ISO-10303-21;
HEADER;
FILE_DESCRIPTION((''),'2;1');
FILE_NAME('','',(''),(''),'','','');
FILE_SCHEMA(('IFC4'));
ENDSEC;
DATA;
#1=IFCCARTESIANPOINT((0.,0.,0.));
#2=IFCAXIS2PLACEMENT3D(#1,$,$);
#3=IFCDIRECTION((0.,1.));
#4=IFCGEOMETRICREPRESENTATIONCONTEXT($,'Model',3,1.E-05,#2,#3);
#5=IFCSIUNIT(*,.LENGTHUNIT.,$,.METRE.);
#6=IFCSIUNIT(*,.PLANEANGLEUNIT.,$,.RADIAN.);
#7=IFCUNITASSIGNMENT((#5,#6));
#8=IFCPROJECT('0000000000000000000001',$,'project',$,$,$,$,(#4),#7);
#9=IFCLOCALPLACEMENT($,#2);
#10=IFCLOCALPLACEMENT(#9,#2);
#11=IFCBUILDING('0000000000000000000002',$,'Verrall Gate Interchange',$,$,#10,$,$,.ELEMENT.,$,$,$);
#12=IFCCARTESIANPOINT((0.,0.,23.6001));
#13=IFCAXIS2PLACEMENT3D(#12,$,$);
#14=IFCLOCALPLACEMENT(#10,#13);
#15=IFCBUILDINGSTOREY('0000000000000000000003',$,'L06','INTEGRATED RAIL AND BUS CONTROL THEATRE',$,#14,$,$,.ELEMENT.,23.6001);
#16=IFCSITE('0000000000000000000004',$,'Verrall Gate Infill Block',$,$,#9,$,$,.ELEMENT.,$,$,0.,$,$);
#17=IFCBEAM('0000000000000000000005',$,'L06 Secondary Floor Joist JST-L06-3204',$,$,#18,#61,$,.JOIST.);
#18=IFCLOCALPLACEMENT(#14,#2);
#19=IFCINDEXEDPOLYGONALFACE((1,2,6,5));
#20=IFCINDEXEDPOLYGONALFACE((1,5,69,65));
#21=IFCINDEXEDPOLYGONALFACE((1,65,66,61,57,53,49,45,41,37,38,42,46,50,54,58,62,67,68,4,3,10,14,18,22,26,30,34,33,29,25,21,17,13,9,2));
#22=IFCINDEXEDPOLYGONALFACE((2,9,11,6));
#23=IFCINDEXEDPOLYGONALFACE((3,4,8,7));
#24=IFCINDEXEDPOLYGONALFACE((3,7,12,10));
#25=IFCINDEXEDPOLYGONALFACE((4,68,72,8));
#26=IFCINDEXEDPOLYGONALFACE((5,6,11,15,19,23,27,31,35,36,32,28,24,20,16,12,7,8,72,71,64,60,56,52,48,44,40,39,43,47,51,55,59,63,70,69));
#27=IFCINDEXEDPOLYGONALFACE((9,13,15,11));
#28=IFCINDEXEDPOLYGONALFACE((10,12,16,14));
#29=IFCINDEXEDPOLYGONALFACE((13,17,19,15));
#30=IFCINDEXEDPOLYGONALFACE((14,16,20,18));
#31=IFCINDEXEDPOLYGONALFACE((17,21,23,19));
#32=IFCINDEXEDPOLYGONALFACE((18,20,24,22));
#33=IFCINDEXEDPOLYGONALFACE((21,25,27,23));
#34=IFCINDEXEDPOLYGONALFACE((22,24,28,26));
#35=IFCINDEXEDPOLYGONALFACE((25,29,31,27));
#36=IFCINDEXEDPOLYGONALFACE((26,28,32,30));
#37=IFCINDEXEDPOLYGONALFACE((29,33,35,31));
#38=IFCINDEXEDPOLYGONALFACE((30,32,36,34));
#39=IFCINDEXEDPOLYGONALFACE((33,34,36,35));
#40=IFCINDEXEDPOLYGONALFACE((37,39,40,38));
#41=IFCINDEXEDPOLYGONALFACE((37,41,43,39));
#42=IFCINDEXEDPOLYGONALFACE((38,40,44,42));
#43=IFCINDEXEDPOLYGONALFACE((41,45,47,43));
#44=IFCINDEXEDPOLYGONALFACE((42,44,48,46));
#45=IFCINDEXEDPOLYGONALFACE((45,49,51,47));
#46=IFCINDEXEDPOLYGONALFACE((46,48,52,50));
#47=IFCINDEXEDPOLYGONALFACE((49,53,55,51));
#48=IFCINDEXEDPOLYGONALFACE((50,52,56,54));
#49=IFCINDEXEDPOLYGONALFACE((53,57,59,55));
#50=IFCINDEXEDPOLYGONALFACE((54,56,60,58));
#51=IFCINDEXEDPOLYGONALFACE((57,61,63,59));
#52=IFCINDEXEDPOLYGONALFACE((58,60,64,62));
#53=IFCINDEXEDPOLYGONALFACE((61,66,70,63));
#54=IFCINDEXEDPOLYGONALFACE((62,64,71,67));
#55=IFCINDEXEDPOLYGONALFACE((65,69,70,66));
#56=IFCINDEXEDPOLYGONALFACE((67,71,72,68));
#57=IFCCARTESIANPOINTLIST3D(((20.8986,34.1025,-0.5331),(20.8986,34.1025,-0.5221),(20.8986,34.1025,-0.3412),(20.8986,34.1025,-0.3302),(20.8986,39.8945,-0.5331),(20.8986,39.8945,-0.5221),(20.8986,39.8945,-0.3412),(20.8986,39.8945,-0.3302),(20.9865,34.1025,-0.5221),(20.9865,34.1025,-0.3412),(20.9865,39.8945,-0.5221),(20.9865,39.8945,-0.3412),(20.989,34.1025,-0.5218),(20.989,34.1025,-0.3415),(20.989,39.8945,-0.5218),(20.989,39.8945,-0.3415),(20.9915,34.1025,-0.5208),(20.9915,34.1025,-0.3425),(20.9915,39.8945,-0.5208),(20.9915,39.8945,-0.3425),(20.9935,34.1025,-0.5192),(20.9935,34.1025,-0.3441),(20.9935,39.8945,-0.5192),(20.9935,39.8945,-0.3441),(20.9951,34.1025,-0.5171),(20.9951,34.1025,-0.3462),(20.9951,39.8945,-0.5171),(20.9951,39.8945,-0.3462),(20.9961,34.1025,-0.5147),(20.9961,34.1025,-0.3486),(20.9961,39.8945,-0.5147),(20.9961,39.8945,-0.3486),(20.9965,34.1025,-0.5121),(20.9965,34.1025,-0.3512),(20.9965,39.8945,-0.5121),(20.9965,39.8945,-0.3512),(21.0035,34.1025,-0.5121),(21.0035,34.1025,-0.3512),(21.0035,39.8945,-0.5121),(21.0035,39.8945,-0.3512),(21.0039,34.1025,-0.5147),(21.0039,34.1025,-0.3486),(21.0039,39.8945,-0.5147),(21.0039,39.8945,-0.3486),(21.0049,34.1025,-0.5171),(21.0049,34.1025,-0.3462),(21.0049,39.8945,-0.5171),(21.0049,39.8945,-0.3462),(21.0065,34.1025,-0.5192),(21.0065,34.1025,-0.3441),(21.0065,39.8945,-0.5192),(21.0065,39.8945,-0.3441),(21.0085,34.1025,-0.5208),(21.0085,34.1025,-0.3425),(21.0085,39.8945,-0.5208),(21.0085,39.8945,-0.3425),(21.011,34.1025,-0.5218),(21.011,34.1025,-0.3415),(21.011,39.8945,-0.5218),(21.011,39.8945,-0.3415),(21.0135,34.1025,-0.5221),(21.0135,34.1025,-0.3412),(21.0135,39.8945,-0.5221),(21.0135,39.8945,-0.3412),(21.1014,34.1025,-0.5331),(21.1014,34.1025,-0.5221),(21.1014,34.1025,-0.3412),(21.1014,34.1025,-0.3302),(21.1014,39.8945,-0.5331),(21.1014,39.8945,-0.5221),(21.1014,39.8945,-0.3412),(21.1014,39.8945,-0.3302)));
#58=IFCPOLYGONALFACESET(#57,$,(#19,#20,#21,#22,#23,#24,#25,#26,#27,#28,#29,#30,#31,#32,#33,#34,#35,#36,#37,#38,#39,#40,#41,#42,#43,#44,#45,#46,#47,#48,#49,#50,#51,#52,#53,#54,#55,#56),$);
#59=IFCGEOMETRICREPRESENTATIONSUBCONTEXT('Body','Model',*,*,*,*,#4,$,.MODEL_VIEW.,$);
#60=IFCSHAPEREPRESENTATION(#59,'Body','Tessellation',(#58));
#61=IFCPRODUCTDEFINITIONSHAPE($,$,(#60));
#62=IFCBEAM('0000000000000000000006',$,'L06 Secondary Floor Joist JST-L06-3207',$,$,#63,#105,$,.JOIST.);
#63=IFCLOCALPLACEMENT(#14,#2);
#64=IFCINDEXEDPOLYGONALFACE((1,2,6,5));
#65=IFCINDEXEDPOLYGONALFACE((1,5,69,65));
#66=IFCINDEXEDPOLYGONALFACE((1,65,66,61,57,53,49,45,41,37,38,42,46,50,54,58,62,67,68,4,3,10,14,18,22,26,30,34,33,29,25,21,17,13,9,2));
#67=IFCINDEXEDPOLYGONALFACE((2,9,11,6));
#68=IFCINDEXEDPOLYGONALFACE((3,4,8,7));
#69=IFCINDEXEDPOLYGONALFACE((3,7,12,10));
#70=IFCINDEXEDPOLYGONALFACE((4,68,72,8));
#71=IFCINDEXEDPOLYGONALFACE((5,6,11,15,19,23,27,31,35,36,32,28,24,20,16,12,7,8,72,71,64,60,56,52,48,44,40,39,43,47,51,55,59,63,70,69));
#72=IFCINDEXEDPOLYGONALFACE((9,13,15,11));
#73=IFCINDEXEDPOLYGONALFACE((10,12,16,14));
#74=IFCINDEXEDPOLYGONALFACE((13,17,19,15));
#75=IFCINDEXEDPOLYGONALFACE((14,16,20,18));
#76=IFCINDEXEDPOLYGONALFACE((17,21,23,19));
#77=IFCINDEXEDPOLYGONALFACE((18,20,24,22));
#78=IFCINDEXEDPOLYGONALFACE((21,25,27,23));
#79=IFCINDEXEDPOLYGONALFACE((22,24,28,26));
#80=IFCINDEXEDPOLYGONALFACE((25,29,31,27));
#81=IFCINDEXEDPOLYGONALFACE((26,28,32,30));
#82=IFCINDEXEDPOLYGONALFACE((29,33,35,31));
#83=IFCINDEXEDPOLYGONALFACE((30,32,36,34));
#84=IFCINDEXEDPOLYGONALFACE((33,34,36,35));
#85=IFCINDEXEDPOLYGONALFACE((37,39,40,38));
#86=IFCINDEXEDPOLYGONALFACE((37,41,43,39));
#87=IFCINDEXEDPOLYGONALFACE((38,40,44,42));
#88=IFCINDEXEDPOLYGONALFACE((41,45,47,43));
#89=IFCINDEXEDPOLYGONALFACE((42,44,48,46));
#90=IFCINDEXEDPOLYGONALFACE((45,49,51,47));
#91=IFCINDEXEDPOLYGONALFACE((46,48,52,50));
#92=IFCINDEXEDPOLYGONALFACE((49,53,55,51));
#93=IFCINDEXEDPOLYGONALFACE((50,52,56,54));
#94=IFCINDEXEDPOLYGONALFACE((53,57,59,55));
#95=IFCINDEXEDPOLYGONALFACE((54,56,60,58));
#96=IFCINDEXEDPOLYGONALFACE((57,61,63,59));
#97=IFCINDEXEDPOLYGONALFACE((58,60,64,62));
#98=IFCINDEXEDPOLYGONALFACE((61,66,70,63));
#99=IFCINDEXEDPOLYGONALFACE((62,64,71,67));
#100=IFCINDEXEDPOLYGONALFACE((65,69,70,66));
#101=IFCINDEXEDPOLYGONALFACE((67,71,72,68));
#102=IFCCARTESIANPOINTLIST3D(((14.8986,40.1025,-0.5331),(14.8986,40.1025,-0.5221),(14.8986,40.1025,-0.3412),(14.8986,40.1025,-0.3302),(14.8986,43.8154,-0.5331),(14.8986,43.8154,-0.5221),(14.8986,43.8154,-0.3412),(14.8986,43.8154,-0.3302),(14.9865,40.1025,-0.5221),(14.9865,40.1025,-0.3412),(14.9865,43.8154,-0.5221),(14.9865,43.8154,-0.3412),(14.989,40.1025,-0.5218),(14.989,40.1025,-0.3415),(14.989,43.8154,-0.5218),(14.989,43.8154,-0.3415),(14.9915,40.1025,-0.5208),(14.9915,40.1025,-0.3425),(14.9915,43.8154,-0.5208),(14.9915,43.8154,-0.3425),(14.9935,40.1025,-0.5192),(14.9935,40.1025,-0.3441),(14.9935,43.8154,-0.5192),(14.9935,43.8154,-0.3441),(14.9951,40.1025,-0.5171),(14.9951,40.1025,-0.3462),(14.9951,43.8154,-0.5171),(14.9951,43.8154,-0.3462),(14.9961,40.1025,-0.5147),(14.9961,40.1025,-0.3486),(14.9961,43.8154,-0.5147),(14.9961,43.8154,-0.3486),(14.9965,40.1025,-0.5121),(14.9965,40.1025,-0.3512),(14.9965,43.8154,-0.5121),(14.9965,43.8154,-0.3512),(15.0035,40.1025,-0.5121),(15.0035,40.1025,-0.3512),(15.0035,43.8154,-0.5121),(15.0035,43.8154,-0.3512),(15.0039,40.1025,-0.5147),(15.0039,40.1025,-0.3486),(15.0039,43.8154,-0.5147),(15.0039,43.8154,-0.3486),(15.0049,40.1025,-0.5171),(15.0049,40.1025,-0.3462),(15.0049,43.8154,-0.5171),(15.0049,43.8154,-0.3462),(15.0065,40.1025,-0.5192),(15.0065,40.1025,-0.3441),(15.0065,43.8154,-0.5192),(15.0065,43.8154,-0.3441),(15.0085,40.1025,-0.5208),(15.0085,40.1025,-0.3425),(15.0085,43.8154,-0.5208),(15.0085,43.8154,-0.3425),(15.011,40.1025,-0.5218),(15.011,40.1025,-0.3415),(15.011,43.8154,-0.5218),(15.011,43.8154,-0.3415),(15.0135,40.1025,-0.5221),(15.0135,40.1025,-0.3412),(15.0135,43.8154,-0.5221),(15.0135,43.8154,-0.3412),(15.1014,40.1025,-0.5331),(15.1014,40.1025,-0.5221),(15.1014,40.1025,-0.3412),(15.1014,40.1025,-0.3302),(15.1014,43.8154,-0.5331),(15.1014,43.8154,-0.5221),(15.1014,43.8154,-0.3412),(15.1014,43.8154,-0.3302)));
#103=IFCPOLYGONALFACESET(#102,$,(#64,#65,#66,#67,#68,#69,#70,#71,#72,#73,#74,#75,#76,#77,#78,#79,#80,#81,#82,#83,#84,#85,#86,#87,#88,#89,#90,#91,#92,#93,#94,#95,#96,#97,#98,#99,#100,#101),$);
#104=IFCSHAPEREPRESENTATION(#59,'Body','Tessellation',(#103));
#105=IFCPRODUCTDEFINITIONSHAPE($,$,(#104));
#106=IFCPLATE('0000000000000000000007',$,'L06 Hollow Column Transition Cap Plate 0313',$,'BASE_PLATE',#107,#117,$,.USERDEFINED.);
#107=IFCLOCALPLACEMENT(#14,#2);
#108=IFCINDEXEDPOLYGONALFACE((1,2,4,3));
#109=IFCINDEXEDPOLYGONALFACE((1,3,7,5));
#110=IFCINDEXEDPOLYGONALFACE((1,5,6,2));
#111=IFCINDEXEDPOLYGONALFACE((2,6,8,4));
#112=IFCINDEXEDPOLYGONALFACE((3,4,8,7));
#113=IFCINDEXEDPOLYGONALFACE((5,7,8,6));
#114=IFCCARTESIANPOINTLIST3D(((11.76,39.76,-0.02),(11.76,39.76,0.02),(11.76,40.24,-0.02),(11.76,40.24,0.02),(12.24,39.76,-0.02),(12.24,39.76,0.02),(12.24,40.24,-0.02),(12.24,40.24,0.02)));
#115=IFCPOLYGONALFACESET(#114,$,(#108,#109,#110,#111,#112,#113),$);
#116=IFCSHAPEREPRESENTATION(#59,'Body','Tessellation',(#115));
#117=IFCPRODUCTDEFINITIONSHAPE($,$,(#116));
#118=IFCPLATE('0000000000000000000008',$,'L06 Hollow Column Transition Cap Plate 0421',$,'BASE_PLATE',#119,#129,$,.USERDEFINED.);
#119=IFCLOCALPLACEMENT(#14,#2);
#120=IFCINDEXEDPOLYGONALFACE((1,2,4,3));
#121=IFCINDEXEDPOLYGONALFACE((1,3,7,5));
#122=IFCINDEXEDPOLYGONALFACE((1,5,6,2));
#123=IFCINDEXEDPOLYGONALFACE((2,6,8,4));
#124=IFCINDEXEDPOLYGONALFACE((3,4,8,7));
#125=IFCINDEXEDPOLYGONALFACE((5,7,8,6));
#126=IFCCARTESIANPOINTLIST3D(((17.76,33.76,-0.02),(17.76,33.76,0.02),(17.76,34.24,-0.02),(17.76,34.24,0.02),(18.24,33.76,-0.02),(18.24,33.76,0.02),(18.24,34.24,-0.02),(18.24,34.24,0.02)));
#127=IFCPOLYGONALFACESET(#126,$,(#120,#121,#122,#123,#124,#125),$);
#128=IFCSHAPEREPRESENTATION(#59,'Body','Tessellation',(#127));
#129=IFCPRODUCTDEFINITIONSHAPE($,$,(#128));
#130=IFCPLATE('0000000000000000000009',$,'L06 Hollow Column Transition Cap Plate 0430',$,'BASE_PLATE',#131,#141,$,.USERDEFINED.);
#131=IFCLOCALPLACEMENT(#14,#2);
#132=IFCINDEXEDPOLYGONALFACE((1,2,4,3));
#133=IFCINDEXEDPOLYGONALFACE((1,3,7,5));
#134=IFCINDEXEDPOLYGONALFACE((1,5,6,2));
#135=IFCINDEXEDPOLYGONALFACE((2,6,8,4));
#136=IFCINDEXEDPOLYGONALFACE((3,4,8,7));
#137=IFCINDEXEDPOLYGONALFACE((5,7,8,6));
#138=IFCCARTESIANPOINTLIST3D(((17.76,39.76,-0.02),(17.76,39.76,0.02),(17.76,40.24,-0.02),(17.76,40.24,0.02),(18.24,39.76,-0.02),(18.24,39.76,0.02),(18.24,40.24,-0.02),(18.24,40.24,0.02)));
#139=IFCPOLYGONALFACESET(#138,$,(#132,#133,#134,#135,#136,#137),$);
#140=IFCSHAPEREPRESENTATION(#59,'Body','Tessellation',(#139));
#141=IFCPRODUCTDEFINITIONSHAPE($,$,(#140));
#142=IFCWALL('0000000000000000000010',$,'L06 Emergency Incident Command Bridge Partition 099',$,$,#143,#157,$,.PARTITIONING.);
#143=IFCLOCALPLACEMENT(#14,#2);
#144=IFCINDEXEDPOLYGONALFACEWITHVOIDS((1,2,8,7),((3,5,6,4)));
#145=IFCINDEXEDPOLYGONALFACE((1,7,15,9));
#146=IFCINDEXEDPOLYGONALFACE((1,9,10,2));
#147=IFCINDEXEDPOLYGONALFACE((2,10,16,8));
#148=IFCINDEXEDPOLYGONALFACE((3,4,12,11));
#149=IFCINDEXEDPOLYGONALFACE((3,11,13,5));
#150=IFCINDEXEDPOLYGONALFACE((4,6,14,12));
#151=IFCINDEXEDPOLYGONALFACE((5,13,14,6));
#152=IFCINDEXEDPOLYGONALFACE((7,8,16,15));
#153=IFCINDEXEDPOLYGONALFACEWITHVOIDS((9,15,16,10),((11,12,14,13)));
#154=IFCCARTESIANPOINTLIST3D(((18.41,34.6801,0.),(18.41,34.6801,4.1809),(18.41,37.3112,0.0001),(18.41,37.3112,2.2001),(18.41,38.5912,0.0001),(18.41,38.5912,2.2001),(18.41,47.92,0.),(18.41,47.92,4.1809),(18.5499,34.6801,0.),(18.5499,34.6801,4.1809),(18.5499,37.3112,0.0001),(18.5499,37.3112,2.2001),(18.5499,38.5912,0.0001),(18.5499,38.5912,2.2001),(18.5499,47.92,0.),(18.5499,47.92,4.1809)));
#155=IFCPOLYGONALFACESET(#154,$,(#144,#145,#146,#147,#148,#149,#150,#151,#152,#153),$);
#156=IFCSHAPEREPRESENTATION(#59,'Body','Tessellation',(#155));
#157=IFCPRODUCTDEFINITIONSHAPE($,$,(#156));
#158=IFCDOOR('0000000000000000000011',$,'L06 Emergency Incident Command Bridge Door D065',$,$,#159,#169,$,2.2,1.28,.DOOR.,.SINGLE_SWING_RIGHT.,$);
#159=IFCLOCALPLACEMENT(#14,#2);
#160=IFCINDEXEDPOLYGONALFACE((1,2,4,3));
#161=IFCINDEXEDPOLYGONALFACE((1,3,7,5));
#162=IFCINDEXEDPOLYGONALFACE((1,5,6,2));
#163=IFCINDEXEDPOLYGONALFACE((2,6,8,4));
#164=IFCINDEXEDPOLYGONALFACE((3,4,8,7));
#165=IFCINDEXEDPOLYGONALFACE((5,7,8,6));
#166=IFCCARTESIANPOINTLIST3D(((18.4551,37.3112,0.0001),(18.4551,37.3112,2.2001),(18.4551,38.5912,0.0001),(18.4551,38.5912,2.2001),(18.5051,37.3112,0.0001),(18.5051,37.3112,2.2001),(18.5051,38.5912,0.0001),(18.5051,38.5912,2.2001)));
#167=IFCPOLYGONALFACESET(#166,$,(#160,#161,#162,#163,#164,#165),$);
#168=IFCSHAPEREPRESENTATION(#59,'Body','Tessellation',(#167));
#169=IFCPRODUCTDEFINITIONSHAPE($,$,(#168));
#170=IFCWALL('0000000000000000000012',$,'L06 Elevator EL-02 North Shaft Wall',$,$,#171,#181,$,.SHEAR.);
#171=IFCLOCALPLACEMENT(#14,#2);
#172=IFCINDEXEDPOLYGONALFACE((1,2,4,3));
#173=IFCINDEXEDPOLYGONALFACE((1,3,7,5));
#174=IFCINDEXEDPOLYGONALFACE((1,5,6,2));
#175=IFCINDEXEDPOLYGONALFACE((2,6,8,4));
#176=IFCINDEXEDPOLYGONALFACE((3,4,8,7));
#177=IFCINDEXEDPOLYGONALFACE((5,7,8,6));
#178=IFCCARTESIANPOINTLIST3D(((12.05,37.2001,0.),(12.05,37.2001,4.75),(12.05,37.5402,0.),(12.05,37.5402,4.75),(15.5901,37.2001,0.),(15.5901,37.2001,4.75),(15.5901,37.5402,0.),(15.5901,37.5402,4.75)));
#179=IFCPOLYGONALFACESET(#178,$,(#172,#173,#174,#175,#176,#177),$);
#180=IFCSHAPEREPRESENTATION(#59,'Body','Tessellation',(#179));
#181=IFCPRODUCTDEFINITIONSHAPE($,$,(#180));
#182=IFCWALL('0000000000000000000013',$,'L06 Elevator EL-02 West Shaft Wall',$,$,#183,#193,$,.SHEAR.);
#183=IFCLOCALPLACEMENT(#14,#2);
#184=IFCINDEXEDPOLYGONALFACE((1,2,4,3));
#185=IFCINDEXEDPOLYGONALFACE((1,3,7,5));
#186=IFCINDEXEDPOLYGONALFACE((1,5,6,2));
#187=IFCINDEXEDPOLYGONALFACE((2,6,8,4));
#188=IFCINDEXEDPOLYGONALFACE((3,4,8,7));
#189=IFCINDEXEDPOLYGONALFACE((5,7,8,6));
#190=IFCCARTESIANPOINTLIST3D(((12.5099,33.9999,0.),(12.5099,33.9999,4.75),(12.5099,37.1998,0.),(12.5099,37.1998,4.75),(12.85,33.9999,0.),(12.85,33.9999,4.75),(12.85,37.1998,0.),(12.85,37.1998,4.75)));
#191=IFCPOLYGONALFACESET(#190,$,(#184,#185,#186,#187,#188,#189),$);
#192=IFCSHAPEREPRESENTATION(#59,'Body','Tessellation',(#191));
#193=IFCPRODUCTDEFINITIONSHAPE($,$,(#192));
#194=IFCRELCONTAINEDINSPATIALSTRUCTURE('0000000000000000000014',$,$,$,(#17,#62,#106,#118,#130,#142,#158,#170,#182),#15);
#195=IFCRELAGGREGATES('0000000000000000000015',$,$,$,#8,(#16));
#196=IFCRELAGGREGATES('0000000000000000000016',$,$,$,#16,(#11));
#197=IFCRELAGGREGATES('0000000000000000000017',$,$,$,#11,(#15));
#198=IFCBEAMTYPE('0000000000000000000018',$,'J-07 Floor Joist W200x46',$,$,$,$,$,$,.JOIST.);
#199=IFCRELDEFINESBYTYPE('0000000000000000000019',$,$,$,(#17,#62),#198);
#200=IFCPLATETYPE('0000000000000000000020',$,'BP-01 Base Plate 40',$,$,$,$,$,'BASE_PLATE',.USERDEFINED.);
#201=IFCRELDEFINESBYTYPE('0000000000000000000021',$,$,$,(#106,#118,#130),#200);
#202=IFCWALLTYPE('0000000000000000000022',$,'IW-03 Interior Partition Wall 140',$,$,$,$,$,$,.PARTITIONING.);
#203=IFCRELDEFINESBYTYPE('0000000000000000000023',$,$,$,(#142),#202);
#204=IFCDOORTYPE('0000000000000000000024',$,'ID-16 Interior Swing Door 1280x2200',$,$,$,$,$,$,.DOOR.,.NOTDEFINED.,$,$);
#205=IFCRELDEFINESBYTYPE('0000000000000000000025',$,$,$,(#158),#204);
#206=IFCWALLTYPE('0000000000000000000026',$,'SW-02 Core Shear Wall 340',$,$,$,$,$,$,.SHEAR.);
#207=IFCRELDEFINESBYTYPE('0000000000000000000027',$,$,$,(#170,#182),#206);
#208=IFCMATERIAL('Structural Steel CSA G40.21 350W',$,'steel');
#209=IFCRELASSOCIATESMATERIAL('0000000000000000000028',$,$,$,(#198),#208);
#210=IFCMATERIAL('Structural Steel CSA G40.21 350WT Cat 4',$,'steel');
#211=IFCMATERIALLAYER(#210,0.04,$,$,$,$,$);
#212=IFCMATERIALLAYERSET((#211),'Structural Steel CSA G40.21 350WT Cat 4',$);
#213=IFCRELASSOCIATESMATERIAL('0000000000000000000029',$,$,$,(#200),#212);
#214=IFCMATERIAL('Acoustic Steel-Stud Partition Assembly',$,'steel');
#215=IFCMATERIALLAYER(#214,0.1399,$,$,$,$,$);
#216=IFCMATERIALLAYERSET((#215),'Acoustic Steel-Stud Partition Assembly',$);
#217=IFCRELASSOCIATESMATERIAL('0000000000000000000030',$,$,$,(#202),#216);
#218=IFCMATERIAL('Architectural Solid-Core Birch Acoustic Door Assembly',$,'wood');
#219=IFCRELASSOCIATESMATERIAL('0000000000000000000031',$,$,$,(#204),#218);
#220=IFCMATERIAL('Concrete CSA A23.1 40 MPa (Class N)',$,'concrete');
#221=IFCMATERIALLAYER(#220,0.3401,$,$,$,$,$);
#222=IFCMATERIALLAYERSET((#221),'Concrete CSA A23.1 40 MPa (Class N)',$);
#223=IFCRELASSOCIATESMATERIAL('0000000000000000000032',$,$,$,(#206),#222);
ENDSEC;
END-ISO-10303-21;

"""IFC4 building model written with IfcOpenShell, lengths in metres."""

from ifc_helpers import new_model, si_unit, direction, frame, frame_2d, origin, origin_2d, place, context, subcontext, project, spatial, rectangle, i_section, extrude, material, layer, layer_set, material_profile, profile_set, type_object, element, fill, save


model = new_model("IFC4")

# Units and contexts
model_context = context("Model", 3, precision=1e-05, world=origin(), true_north=direction((0.0, 1.0)))
body_context = subcontext(model_context, "Body", "Model", "MODEL_VIEW")
ifc_project = project(units=[si_unit("LENGTHUNIT", "METRE"), si_unit("PLANEANGLEUNIT", "RADIAN")], contexts=[model_context])

# Site, building, storey
site_placement = place(None, origin())
site = spatial("IfcSite", under=ifc_project, at=site_placement, Name="Verrall Gate Infill Block", CompositionType="ELEMENT", RefElevation=0.0)
building_placement = place(site_placement, origin())
building = spatial("IfcBuilding", under=site, at=building_placement, Name="Verrall Gate Interchange", CompositionType="ELEMENT")
storey_placement = place(building_placement, frame((0.0, 0.0, 23.6001)))
storey = spatial("IfcBuildingStorey", under=building, at=storey_placement, Name="L06", Description="INTEGRATED RAIL AND BUS CONTROL THEATRE", CompositionType="ELEMENT", Elevation=23.6001)

# Beams
ifc_material_1 = material(Name="Structural Steel CSA G40.21 350W", Category="steel")
ifc_material_profile_1 = material_profile(ifc_material_1, i_section(OverallWidth=0.2029, OverallDepth=0.2029, WebThickness=0.0071, FlangeThickness=0.011, FilletRadius=0.01, at=origin_2d()), Name="W200x46")
ifc_profile_set_1 = profile_set([ifc_material_profile_1], Name="Structural Steel CSA G40.21 350W")
beam_type_1 = type_object("IfcBeamType", Name="J-07 Floor Joist W200x46", PredefinedType="JOIST", material=ifc_profile_set_1)
beam_1_placement = place(storey_placement, frame((21.0, 34.1025, -0.4316), z_axis=(0.0, 1.0, 0.0), x_axis=(-1.0, 0.0, 0.0)))
element("IfcBeam", 1, at=beam_1_placement, inside=storey, type_object=beam_type_1, Name="L06 Secondary Floor Joist JST-L06-3204", PredefinedType="JOIST", context=body_context, shape_type="SweptSolid", body=[
    extrude(i_section(OverallWidth=0.2029, OverallDepth=0.2029, WebThickness=0.0071, FlangeThickness=0.011, FilletRadius=0.01, at=origin_2d()), origin(), (0.0, 0.0, 1.0), 5.792),
])
beam_2_placement = place(storey_placement, frame((15.0, 40.1025, -0.4316), z_axis=(0.0, 1.0, 0.0), x_axis=(-1.0, 0.0, 0.0)))
element("IfcBeam", 2, at=beam_2_placement, inside=storey, type_object=beam_type_1, Name="L06 Secondary Floor Joist JST-L06-3207", PredefinedType="JOIST", context=body_context, shape_type="SweptSolid", body=[
    extrude(i_section(OverallWidth=0.2029, OverallDepth=0.2029, WebThickness=0.0071, FlangeThickness=0.011, FilletRadius=0.01, at=origin_2d()), origin(), (0.0, 0.0, 1.0), 3.7129),
])

# Plates
ifc_material_2 = material(Name="Structural Steel CSA G40.21 350WT Cat 4", Category="steel")
ifc_layer_1 = layer(ifc_material_2, 0.04)
ifc_layer_set_1 = layer_set([ifc_layer_1], Name="Structural Steel CSA G40.21 350WT Cat 4")
plate_type = type_object("IfcPlateType", Name="BP-01 Base Plate 40", ElementType="BASE_PLATE", PredefinedType="USERDEFINED", material=ifc_layer_set_1)
for number, where, z_axis, x_axis, name in (
    (3, (12.0, 40.0, -0.02), (0.0, 0.0, 1.0), (1.0, 0.0, 0.0), "L06 Hollow Column Transition Cap Plate 0313"),
    (4, (18.0, 34.0, -0.02), (0.0, 0.0, 1.0), (1.0, 0.0, 0.0), "L06 Hollow Column Transition Cap Plate 0421"),
    (5, (18.0, 40.0, -0.02), (0.0, 0.0, 1.0), (1.0, 0.0, 0.0), "L06 Hollow Column Transition Cap Plate 0430"),
):
    element("IfcPlate", number, at=place(storey_placement, frame(where, z_axis=z_axis, x_axis=x_axis)), inside=storey, type_object=plate_type, Name=name, ObjectType="BASE_PLATE", PredefinedType="USERDEFINED", context=body_context, shape_type="SweptSolid", body=[
        extrude(rectangle(XDim=0.48, YDim=0.48, at=origin_2d()), origin(), (0.0, 0.0, 1.0), 0.04),
    ])

# Wall, opening, door
ifc_material_3 = material(Name="Acoustic Steel-Stud Partition Assembly", Category="steel")
ifc_layer_2 = layer(ifc_material_3, 0.1399)
ifc_layer_set_2 = layer_set([ifc_layer_2], Name="Acoustic Steel-Stud Partition Assembly")
wall_type_1 = type_object("IfcWallType", Name="IW-03 Interior Partition Wall 140", PredefinedType="PARTITIONING", material=ifc_layer_set_2)
wall_1_placement = place(storey_placement, frame((18.48, 34.6799, 0.0), z_axis=(0.0, 0.0, 1.0), x_axis=(0.0, 1.0, 0.0)))
wall_1 = element("IfcWall", 6, at=wall_1_placement, inside=storey, type_object=wall_type_1, Name="L06 Emergency Incident Command Bridge Partition 099", PredefinedType="PARTITIONING", context=body_context, shape_type="SweptSolid", body=[
    extrude(rectangle(XDim=13.24, YDim=0.1399, at=frame_2d((6.6201, 0.0))), origin(), (0.0, 0.0, 1.0), 4.1809),
])
opening_placement = place(wall_1_placement, frame((2.6311, 0.0, 0.0)))
opening = element("IfcOpeningElement", 7, at=opening_placement, cuts=wall_1, PredefinedType="OPENING", context=body_context, shape_type="SweptSolid", body=[
    extrude(rectangle(XDim=1.28, YDim=2.2, at=frame_2d((0.6401, 1.1001))), frame((0.0, 0.085, 0.0), z_axis=(0.0, -1.0, 0.0), x_axis=(1.0, 0.0, 0.0)), (0.0, 0.0, 1.0), 0.1697),
])
ifc_material_4 = material(Name="Architectural Solid-Core Birch Acoustic Door Assembly", Category="wood")
door_type = type_object("IfcDoorType", Name="ID-16 Interior Swing Door 1280x2200", OperationType="NOTDEFINED", PredefinedType="DOOR", material=ifc_material_4)
door_placement = place(opening_placement, origin())
door = element("IfcDoor", 8, at=door_placement, inside=storey, type_object=door_type, Name="L06 Emergency Incident Command Bridge Door D065", OperationType="SINGLE_SWING_RIGHT", OverallHeight=2.2, OverallWidth=1.28, PredefinedType="DOOR", context=body_context, shape_type="SweptSolid", body=[
    extrude(rectangle(XDim=1.28, YDim=2.2, at=frame_2d((0.6401, 1.1001))), frame((0.0, 0.0249, 0.0), z_axis=(0.0, -1.0, 0.0), x_axis=(1.0, 0.0, 0.0)), (0.0, 0.0, 1.0), 0.05),
])
fill(opening, door)

# Walls
ifc_material_5 = material(Name="Concrete CSA A23.1 40 MPa (Class N)", Category="concrete")
ifc_layer_3 = layer(ifc_material_5, 0.3401)
ifc_layer_set_3 = layer_set([ifc_layer_3], Name="Concrete CSA A23.1 40 MPa (Class N)")
wall_type_2 = type_object("IfcWallType", Name="SW-02 Core Shear Wall 340", PredefinedType="SHEAR", material=ifc_layer_set_3)
wall_2_placement = place(storey_placement, frame((15.5901, 37.3701, 0.0), z_axis=(0.0, 0.0, 1.0), x_axis=(-1.0, 0.0, 0.0)))
element("IfcWall", 9, at=wall_2_placement, inside=storey, type_object=wall_type_2, Name="L06 Elevator EL-02 North Shaft Wall", PredefinedType="SHEAR", context=body_context, shape_type="SweptSolid", body=[
    extrude(rectangle(XDim=3.54, YDim=0.3401, at=frame_2d((1.77, 0.0))), origin(), (0.0, 0.0, 1.0), 4.75),
])
for number, where, z_axis, x_axis, name in (
    (10, (12.6799, 37.2, 0.0), (0.0, 0.0, 1.0), (0.0, -1.0, 0.0), "L06 Elevator EL-02 West Shaft Wall"),
):
    element("IfcWall", number, at=place(storey_placement, frame(where, z_axis=z_axis, x_axis=x_axis)), inside=storey, type_object=wall_type_2, Name=name, PredefinedType="SHEAR", context=body_context, shape_type="SweptSolid", body=[
        extrude(rectangle(XDim=3.2, YDim=0.3401, at=frame_2d((1.6001, 0.0))), origin(), (0.0, 0.0, 1.0), 4.75),
    ])

save(model, "model.ifc")
